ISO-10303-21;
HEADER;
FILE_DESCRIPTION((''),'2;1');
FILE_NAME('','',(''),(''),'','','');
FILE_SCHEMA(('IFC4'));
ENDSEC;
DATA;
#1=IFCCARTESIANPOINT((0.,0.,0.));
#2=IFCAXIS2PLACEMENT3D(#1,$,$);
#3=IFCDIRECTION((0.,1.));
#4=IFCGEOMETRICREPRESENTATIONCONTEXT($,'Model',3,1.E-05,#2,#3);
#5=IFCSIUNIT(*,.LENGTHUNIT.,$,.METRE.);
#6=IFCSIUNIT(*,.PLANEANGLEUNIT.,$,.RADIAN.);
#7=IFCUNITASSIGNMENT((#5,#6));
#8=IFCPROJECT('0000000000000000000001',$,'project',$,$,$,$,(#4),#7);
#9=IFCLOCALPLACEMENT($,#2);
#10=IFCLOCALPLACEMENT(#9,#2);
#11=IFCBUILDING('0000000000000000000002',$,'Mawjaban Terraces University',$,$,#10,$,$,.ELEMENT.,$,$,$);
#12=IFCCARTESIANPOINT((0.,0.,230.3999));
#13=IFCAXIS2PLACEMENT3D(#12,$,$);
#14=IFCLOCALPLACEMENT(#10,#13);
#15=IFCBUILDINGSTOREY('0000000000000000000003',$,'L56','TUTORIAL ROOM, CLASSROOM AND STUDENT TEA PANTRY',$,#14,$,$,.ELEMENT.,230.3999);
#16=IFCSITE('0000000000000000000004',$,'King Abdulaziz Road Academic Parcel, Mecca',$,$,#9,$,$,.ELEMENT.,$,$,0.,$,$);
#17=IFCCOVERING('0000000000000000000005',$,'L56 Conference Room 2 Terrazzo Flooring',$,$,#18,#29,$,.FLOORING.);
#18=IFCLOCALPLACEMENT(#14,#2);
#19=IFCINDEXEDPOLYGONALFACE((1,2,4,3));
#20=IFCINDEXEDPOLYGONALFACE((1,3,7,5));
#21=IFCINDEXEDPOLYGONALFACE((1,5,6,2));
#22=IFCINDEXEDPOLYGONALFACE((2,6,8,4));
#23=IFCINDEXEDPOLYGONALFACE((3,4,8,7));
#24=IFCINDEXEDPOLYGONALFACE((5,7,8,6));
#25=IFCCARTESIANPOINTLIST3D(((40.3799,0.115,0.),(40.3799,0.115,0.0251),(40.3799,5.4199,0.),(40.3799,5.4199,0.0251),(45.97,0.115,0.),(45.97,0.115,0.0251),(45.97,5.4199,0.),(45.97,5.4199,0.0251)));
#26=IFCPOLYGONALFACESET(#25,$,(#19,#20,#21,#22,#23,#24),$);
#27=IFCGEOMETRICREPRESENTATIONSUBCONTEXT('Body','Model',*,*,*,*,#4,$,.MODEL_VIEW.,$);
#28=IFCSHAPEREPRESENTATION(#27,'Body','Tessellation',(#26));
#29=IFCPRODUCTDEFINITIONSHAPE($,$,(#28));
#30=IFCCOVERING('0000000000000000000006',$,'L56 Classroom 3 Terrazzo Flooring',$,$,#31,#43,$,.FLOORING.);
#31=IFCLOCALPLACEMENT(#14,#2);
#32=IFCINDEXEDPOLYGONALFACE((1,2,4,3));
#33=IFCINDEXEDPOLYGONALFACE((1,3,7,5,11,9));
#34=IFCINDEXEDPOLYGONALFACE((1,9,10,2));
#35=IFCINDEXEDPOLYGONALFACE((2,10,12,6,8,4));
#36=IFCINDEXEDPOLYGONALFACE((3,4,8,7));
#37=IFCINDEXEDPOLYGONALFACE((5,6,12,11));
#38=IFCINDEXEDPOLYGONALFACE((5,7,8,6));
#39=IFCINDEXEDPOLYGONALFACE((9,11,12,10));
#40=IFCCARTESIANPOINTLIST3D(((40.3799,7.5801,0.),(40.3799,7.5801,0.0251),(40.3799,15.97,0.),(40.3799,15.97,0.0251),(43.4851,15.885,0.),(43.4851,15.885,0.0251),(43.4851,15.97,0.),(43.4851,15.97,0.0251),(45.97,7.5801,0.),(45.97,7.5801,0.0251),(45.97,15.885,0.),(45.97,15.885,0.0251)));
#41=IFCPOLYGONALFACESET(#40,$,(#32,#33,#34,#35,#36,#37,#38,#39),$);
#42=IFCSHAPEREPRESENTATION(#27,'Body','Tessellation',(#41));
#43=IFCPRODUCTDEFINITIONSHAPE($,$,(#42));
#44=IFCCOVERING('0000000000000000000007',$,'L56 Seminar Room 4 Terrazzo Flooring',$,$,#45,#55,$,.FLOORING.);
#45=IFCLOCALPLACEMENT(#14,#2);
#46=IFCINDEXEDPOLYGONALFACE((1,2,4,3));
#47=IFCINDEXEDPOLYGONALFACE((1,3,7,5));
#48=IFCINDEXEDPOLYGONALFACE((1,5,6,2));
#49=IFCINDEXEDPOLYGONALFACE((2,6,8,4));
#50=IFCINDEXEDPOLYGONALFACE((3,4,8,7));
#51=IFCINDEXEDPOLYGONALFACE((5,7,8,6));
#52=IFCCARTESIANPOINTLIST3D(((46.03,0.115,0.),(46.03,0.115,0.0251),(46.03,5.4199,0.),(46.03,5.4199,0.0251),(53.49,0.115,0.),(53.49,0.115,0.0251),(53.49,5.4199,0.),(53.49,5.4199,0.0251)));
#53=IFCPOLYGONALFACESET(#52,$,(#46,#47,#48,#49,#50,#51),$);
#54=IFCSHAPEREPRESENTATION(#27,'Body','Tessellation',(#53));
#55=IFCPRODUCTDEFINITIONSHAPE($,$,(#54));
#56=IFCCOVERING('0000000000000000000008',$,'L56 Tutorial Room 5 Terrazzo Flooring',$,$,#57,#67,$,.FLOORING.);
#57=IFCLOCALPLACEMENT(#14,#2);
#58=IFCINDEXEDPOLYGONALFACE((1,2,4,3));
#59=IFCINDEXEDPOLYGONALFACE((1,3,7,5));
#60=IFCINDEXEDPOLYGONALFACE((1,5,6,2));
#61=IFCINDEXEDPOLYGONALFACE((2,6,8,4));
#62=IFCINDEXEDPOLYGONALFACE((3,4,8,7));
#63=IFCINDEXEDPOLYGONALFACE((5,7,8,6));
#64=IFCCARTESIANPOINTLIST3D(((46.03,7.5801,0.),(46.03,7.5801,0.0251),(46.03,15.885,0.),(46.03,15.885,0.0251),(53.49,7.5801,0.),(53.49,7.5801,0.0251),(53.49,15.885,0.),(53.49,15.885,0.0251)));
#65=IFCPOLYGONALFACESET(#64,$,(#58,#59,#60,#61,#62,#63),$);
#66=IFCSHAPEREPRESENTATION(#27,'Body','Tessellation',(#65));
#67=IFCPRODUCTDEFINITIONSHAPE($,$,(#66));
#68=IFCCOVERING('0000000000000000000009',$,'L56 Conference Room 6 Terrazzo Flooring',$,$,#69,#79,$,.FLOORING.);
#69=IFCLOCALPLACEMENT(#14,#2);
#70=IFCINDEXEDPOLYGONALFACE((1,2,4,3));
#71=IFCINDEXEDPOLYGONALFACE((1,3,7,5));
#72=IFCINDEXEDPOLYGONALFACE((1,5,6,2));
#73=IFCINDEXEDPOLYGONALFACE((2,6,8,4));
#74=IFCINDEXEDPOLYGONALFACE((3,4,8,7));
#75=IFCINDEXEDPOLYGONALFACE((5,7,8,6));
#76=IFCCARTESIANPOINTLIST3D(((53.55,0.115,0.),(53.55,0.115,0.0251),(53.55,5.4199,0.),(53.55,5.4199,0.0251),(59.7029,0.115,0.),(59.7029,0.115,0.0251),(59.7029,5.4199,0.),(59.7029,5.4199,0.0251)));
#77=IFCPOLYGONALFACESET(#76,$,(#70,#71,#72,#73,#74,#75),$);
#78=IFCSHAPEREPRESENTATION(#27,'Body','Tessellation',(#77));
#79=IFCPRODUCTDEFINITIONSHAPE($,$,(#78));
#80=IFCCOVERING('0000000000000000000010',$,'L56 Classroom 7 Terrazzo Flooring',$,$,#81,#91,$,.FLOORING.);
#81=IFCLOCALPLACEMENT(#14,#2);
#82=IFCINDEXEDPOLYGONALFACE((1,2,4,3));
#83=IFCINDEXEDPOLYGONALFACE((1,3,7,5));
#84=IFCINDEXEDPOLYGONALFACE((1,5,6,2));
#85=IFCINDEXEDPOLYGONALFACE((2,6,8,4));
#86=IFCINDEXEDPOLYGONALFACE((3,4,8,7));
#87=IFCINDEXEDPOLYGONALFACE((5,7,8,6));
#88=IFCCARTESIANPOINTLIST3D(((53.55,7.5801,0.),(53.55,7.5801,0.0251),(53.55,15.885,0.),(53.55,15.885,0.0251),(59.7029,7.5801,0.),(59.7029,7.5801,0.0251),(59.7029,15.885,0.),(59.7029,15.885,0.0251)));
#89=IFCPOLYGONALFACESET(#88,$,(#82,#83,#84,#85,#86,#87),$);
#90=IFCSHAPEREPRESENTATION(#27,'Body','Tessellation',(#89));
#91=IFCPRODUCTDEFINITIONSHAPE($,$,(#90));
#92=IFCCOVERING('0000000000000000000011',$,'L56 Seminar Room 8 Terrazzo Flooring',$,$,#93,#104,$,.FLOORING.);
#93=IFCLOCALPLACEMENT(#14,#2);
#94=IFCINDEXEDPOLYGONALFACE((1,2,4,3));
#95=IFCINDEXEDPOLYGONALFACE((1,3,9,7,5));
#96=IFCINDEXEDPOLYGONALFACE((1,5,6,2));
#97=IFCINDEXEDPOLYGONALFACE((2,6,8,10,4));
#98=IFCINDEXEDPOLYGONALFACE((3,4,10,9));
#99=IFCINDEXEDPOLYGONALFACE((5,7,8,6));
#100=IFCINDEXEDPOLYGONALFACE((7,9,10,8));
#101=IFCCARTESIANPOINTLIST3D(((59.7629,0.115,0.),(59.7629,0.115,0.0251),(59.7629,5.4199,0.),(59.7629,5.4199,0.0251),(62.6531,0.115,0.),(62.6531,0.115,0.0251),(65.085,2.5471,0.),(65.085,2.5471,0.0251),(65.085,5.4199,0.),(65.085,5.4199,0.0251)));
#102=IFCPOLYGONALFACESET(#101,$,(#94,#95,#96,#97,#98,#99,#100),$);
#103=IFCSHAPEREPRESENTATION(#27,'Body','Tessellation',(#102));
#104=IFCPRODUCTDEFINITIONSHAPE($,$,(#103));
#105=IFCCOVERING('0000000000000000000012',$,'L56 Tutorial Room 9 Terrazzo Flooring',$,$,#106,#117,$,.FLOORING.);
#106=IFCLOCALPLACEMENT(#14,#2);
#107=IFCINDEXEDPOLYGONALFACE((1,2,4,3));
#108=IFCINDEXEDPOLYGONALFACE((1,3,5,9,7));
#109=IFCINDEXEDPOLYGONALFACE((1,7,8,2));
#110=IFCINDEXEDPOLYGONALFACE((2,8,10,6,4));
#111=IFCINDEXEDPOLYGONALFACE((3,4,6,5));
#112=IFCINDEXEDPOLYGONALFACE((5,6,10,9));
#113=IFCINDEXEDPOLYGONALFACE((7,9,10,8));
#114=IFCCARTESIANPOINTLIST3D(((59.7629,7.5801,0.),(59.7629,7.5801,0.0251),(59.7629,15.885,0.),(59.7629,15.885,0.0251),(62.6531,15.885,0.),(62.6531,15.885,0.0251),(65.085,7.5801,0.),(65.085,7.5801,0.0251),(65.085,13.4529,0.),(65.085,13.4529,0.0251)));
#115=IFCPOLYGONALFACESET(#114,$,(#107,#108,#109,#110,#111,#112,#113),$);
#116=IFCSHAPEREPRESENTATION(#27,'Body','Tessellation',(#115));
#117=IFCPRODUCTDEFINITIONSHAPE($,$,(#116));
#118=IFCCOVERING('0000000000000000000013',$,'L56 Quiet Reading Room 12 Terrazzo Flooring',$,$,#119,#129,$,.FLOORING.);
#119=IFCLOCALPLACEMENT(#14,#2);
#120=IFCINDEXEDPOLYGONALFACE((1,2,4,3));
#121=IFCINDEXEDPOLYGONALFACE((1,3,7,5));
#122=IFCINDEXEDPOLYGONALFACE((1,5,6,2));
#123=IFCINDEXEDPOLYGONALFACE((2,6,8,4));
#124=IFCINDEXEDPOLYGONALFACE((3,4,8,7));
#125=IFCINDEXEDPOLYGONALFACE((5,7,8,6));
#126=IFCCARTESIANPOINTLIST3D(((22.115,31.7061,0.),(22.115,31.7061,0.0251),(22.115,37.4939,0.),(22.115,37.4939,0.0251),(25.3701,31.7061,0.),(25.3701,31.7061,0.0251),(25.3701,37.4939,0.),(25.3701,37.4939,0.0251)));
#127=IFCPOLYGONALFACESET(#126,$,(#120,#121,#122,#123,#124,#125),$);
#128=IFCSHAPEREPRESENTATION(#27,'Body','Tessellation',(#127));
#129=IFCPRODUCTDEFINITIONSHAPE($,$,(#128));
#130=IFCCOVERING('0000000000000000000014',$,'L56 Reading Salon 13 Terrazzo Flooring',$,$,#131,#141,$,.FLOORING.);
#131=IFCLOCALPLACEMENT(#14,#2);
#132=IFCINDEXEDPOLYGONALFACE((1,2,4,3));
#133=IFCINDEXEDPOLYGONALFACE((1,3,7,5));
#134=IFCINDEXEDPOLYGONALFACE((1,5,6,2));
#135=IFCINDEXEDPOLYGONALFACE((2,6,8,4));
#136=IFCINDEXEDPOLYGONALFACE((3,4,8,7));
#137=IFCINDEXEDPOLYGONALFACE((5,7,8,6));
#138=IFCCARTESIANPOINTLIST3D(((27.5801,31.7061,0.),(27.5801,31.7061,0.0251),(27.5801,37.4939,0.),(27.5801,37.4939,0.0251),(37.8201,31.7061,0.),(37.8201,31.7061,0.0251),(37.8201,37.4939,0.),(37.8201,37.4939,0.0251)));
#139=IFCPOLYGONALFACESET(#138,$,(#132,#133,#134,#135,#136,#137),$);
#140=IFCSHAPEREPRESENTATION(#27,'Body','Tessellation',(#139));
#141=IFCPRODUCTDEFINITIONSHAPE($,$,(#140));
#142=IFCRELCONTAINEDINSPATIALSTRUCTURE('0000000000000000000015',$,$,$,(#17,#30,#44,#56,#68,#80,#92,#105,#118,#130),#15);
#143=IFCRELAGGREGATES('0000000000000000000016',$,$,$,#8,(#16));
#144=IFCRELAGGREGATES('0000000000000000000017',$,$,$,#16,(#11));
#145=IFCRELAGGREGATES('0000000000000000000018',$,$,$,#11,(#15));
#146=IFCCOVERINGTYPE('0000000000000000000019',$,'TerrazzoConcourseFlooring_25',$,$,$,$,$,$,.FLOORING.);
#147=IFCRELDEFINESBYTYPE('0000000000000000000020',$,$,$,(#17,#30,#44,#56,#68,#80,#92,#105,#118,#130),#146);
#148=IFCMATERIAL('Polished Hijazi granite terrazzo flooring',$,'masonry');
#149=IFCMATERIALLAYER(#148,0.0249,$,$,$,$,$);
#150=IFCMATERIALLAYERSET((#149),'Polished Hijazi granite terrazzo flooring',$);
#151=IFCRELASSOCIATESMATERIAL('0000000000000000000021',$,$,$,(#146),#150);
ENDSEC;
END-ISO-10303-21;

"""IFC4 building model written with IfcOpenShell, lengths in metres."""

from ifc_helpers import new_model, si_unit, direction, frame, origin, place, context, subcontext, project, spatial, polyline, outline, extrude, material, layer, layer_set, type_object, element, save


model = new_model("IFC4")

# Units and contexts
model_context = context("Model", 3, precision=1e-05, world=origin(), true_north=direction((0.0, 1.0)))
body_context = subcontext(model_context, "Body", "Model", "MODEL_VIEW")
ifc_project = project(units=[si_unit("LENGTHUNIT", "METRE"), si_unit("PLANEANGLEUNIT", "RADIAN")], contexts=[model_context])

# Site, building, storey
site_placement = place(None, origin())
site = spatial("IfcSite", under=ifc_project, at=site_placement, Name="King Abdulaziz Road Academic Parcel, Mecca", CompositionType="ELEMENT", RefElevation=0.0)
building_placement = place(site_placement, origin())
building = spatial("IfcBuilding", under=site, at=building_placement, Name="Mawjaban Terraces University", CompositionType="ELEMENT")
storey_placement = place(building_placement, frame((0.0, 0.0, 230.3999)))
storey = spatial("IfcBuildingStorey", under=building, at=storey_placement, Name="L56", Description="TUTORIAL ROOM, CLASSROOM AND STUDENT TEA PANTRY", CompositionType="ELEMENT", Elevation=230.3999)

# Coverings
ifc_material_1 = material(Name="Polished Hijazi granite terrazzo flooring", Category="masonry")
ifc_layer_1 = layer(ifc_material_1, 0.0249)
ifc_layer_set_1 = layer_set([ifc_layer_1], Name="Polished Hijazi granite terrazzo flooring")
covering_type_1 = type_object("IfcCoveringType", Name="TerrazzoConcourseFlooring_25", PredefinedType="FLOORING", material=ifc_layer_set_1)
covering_1_placement = place(storey_placement, origin())
element("IfcCovering", 1, at=covering_1_placement, inside=storey, type_object=covering_type_1, Name="L56 Conference Room 2 Terrazzo Flooring", PredefinedType="FLOORING", context=body_context, shape_type="SweptSolid", body=[
    extrude(outline(polyline([(40.3799, 0.115), (45.97, 0.115), (45.97, 5.4199), (40.3799, 5.4199), (40.3799, 0.115)])), origin(), (0.0, 0.0, 1.0), 0.0251),
])
covering_2_placement = place(storey_placement, origin())
element("IfcCovering", 2, at=covering_2_placement, inside=storey, type_object=covering_type_1, Name="L56 Classroom 3 Terrazzo Flooring", PredefinedType="FLOORING", context=body_context, shape_type="SweptSolid", body=[
    extrude(outline(polyline([(45.97, 15.885), (43.4851, 15.885), (43.4851, 15.97), (40.3799, 15.97), (40.3799, 7.5801), (45.97, 7.5801), (45.97, 15.885)])), origin(), (0.0, 0.0, 1.0), 0.0251),
])
covering_3_placement = place(storey_placement, origin())
element("IfcCovering", 3, at=covering_3_placement, inside=storey, type_object=covering_type_1, Name="L56 Seminar Room 4 Terrazzo Flooring", PredefinedType="FLOORING", context=body_context, shape_type="SweptSolid", body=[
    extrude(outline(polyline([(46.03, 0.115), (53.49, 0.115), (53.49, 5.4199), (46.03, 5.4199), (46.03, 0.115)])), origin(), (0.0, 0.0, 1.0), 0.0251),
])
covering_4_placement = place(storey_placement, origin())
element("IfcCovering", 4, at=covering_4_placement, inside=storey, type_object=covering_type_1, Name="L56 Tutorial Room 5 Terrazzo Flooring", PredefinedType="FLOORING", context=body_context, shape_type="SweptSolid", body=[
    extrude(outline(polyline([(53.49, 15.885), (46.03, 15.885), (46.03, 7.5801), (53.49, 7.5801), (53.49, 15.885)])), origin(), (0.0, 0.0, 1.0), 0.0251),
])
covering_5_placement = place(storey_placement, origin())
element("IfcCovering", 5, at=covering_5_placement, inside=storey, type_object=covering_type_1, Name="L56 Conference Room 6 Terrazzo Flooring", PredefinedType="FLOORING", context=body_context, shape_type="SweptSolid", body=[
    extrude(outline(polyline([(53.55, 0.115), (59.7029, 0.115), (59.7029, 5.4199), (53.55, 5.4199), (53.55, 0.115)])), origin(), (0.0, 0.0, 1.0), 0.0251),
])
covering_6_placement = place(storey_placement, origin())
element("IfcCovering", 6, at=covering_6_placement, inside=storey, type_object=covering_type_1, Name="L56 Classroom 7 Terrazzo Flooring", PredefinedType="FLOORING", context=body_context, shape_type="SweptSolid", body=[
    extrude(outline(polyline([(59.7029, 15.885), (53.55, 15.885), (53.55, 7.5801), (59.7029, 7.5801), (59.7029, 15.885)])), origin(), (0.0, 0.0, 1.0), 0.0251),
])
covering_7_placement = place(storey_placement, origin())
element("IfcCovering", 7, at=covering_7_placement, inside=storey, type_object=covering_type_1, Name="L56 Seminar Room 8 Terrazzo Flooring", PredefinedType="FLOORING", context=body_context, shape_type="SweptSolid", body=[
    extrude(outline(polyline([(59.7629, 0.115), (62.6531, 0.115), (65.085, 2.5471), (65.085, 5.4199), (59.7629, 5.4199), (59.7629, 0.115)])), origin(), (0.0, 0.0, 1.0), 0.0251),
])
covering_8_placement = place(storey_placement, origin())
element("IfcCovering", 8, at=covering_8_placement, inside=storey, type_object=covering_type_1, Name="L56 Tutorial Room 9 Terrazzo Flooring", PredefinedType="FLOORING", context=body_context, shape_type="SweptSolid", body=[
    extrude(outline(polyline([(65.085, 7.5801), (65.085, 13.4529), (62.6531, 15.885), (59.7629, 15.885), (59.7629, 7.5801), (65.085, 7.5801)])), origin(), (0.0, 0.0, 1.0), 0.0251),
])
covering_9_placement = place(storey_placement, origin())
element("IfcCovering", 9, at=covering_9_placement, inside=storey, type_object=covering_type_1, Name="L56 Quiet Reading Room 12 Terrazzo Flooring", PredefinedType="FLOORING", context=body_context, shape_type="SweptSolid", body=[
    extrude(outline(polyline([(22.115, 37.4939), (22.115, 31.7061), (25.3701, 31.7061), (25.3701, 37.4939), (22.115, 37.4939)])), origin(), (0.0, 0.0, 1.0), 0.0251),
])
covering_10_placement = place(storey_placement, origin())
element("IfcCovering", 10, at=covering_10_placement, inside=storey, type_object=covering_type_1, Name="L56 Reading Salon 13 Terrazzo Flooring", PredefinedType="FLOORING", context=body_context, shape_type="SweptSolid", body=[
    extrude(outline(polyline([(37.8201, 31.7061), (37.8201, 37.4939), (27.5801, 37.4939), (27.5801, 31.7061), (37.8201, 31.7061)])), origin(), (0.0, 0.0, 1.0), 0.0251),
])

save(model, "model.ifc")
